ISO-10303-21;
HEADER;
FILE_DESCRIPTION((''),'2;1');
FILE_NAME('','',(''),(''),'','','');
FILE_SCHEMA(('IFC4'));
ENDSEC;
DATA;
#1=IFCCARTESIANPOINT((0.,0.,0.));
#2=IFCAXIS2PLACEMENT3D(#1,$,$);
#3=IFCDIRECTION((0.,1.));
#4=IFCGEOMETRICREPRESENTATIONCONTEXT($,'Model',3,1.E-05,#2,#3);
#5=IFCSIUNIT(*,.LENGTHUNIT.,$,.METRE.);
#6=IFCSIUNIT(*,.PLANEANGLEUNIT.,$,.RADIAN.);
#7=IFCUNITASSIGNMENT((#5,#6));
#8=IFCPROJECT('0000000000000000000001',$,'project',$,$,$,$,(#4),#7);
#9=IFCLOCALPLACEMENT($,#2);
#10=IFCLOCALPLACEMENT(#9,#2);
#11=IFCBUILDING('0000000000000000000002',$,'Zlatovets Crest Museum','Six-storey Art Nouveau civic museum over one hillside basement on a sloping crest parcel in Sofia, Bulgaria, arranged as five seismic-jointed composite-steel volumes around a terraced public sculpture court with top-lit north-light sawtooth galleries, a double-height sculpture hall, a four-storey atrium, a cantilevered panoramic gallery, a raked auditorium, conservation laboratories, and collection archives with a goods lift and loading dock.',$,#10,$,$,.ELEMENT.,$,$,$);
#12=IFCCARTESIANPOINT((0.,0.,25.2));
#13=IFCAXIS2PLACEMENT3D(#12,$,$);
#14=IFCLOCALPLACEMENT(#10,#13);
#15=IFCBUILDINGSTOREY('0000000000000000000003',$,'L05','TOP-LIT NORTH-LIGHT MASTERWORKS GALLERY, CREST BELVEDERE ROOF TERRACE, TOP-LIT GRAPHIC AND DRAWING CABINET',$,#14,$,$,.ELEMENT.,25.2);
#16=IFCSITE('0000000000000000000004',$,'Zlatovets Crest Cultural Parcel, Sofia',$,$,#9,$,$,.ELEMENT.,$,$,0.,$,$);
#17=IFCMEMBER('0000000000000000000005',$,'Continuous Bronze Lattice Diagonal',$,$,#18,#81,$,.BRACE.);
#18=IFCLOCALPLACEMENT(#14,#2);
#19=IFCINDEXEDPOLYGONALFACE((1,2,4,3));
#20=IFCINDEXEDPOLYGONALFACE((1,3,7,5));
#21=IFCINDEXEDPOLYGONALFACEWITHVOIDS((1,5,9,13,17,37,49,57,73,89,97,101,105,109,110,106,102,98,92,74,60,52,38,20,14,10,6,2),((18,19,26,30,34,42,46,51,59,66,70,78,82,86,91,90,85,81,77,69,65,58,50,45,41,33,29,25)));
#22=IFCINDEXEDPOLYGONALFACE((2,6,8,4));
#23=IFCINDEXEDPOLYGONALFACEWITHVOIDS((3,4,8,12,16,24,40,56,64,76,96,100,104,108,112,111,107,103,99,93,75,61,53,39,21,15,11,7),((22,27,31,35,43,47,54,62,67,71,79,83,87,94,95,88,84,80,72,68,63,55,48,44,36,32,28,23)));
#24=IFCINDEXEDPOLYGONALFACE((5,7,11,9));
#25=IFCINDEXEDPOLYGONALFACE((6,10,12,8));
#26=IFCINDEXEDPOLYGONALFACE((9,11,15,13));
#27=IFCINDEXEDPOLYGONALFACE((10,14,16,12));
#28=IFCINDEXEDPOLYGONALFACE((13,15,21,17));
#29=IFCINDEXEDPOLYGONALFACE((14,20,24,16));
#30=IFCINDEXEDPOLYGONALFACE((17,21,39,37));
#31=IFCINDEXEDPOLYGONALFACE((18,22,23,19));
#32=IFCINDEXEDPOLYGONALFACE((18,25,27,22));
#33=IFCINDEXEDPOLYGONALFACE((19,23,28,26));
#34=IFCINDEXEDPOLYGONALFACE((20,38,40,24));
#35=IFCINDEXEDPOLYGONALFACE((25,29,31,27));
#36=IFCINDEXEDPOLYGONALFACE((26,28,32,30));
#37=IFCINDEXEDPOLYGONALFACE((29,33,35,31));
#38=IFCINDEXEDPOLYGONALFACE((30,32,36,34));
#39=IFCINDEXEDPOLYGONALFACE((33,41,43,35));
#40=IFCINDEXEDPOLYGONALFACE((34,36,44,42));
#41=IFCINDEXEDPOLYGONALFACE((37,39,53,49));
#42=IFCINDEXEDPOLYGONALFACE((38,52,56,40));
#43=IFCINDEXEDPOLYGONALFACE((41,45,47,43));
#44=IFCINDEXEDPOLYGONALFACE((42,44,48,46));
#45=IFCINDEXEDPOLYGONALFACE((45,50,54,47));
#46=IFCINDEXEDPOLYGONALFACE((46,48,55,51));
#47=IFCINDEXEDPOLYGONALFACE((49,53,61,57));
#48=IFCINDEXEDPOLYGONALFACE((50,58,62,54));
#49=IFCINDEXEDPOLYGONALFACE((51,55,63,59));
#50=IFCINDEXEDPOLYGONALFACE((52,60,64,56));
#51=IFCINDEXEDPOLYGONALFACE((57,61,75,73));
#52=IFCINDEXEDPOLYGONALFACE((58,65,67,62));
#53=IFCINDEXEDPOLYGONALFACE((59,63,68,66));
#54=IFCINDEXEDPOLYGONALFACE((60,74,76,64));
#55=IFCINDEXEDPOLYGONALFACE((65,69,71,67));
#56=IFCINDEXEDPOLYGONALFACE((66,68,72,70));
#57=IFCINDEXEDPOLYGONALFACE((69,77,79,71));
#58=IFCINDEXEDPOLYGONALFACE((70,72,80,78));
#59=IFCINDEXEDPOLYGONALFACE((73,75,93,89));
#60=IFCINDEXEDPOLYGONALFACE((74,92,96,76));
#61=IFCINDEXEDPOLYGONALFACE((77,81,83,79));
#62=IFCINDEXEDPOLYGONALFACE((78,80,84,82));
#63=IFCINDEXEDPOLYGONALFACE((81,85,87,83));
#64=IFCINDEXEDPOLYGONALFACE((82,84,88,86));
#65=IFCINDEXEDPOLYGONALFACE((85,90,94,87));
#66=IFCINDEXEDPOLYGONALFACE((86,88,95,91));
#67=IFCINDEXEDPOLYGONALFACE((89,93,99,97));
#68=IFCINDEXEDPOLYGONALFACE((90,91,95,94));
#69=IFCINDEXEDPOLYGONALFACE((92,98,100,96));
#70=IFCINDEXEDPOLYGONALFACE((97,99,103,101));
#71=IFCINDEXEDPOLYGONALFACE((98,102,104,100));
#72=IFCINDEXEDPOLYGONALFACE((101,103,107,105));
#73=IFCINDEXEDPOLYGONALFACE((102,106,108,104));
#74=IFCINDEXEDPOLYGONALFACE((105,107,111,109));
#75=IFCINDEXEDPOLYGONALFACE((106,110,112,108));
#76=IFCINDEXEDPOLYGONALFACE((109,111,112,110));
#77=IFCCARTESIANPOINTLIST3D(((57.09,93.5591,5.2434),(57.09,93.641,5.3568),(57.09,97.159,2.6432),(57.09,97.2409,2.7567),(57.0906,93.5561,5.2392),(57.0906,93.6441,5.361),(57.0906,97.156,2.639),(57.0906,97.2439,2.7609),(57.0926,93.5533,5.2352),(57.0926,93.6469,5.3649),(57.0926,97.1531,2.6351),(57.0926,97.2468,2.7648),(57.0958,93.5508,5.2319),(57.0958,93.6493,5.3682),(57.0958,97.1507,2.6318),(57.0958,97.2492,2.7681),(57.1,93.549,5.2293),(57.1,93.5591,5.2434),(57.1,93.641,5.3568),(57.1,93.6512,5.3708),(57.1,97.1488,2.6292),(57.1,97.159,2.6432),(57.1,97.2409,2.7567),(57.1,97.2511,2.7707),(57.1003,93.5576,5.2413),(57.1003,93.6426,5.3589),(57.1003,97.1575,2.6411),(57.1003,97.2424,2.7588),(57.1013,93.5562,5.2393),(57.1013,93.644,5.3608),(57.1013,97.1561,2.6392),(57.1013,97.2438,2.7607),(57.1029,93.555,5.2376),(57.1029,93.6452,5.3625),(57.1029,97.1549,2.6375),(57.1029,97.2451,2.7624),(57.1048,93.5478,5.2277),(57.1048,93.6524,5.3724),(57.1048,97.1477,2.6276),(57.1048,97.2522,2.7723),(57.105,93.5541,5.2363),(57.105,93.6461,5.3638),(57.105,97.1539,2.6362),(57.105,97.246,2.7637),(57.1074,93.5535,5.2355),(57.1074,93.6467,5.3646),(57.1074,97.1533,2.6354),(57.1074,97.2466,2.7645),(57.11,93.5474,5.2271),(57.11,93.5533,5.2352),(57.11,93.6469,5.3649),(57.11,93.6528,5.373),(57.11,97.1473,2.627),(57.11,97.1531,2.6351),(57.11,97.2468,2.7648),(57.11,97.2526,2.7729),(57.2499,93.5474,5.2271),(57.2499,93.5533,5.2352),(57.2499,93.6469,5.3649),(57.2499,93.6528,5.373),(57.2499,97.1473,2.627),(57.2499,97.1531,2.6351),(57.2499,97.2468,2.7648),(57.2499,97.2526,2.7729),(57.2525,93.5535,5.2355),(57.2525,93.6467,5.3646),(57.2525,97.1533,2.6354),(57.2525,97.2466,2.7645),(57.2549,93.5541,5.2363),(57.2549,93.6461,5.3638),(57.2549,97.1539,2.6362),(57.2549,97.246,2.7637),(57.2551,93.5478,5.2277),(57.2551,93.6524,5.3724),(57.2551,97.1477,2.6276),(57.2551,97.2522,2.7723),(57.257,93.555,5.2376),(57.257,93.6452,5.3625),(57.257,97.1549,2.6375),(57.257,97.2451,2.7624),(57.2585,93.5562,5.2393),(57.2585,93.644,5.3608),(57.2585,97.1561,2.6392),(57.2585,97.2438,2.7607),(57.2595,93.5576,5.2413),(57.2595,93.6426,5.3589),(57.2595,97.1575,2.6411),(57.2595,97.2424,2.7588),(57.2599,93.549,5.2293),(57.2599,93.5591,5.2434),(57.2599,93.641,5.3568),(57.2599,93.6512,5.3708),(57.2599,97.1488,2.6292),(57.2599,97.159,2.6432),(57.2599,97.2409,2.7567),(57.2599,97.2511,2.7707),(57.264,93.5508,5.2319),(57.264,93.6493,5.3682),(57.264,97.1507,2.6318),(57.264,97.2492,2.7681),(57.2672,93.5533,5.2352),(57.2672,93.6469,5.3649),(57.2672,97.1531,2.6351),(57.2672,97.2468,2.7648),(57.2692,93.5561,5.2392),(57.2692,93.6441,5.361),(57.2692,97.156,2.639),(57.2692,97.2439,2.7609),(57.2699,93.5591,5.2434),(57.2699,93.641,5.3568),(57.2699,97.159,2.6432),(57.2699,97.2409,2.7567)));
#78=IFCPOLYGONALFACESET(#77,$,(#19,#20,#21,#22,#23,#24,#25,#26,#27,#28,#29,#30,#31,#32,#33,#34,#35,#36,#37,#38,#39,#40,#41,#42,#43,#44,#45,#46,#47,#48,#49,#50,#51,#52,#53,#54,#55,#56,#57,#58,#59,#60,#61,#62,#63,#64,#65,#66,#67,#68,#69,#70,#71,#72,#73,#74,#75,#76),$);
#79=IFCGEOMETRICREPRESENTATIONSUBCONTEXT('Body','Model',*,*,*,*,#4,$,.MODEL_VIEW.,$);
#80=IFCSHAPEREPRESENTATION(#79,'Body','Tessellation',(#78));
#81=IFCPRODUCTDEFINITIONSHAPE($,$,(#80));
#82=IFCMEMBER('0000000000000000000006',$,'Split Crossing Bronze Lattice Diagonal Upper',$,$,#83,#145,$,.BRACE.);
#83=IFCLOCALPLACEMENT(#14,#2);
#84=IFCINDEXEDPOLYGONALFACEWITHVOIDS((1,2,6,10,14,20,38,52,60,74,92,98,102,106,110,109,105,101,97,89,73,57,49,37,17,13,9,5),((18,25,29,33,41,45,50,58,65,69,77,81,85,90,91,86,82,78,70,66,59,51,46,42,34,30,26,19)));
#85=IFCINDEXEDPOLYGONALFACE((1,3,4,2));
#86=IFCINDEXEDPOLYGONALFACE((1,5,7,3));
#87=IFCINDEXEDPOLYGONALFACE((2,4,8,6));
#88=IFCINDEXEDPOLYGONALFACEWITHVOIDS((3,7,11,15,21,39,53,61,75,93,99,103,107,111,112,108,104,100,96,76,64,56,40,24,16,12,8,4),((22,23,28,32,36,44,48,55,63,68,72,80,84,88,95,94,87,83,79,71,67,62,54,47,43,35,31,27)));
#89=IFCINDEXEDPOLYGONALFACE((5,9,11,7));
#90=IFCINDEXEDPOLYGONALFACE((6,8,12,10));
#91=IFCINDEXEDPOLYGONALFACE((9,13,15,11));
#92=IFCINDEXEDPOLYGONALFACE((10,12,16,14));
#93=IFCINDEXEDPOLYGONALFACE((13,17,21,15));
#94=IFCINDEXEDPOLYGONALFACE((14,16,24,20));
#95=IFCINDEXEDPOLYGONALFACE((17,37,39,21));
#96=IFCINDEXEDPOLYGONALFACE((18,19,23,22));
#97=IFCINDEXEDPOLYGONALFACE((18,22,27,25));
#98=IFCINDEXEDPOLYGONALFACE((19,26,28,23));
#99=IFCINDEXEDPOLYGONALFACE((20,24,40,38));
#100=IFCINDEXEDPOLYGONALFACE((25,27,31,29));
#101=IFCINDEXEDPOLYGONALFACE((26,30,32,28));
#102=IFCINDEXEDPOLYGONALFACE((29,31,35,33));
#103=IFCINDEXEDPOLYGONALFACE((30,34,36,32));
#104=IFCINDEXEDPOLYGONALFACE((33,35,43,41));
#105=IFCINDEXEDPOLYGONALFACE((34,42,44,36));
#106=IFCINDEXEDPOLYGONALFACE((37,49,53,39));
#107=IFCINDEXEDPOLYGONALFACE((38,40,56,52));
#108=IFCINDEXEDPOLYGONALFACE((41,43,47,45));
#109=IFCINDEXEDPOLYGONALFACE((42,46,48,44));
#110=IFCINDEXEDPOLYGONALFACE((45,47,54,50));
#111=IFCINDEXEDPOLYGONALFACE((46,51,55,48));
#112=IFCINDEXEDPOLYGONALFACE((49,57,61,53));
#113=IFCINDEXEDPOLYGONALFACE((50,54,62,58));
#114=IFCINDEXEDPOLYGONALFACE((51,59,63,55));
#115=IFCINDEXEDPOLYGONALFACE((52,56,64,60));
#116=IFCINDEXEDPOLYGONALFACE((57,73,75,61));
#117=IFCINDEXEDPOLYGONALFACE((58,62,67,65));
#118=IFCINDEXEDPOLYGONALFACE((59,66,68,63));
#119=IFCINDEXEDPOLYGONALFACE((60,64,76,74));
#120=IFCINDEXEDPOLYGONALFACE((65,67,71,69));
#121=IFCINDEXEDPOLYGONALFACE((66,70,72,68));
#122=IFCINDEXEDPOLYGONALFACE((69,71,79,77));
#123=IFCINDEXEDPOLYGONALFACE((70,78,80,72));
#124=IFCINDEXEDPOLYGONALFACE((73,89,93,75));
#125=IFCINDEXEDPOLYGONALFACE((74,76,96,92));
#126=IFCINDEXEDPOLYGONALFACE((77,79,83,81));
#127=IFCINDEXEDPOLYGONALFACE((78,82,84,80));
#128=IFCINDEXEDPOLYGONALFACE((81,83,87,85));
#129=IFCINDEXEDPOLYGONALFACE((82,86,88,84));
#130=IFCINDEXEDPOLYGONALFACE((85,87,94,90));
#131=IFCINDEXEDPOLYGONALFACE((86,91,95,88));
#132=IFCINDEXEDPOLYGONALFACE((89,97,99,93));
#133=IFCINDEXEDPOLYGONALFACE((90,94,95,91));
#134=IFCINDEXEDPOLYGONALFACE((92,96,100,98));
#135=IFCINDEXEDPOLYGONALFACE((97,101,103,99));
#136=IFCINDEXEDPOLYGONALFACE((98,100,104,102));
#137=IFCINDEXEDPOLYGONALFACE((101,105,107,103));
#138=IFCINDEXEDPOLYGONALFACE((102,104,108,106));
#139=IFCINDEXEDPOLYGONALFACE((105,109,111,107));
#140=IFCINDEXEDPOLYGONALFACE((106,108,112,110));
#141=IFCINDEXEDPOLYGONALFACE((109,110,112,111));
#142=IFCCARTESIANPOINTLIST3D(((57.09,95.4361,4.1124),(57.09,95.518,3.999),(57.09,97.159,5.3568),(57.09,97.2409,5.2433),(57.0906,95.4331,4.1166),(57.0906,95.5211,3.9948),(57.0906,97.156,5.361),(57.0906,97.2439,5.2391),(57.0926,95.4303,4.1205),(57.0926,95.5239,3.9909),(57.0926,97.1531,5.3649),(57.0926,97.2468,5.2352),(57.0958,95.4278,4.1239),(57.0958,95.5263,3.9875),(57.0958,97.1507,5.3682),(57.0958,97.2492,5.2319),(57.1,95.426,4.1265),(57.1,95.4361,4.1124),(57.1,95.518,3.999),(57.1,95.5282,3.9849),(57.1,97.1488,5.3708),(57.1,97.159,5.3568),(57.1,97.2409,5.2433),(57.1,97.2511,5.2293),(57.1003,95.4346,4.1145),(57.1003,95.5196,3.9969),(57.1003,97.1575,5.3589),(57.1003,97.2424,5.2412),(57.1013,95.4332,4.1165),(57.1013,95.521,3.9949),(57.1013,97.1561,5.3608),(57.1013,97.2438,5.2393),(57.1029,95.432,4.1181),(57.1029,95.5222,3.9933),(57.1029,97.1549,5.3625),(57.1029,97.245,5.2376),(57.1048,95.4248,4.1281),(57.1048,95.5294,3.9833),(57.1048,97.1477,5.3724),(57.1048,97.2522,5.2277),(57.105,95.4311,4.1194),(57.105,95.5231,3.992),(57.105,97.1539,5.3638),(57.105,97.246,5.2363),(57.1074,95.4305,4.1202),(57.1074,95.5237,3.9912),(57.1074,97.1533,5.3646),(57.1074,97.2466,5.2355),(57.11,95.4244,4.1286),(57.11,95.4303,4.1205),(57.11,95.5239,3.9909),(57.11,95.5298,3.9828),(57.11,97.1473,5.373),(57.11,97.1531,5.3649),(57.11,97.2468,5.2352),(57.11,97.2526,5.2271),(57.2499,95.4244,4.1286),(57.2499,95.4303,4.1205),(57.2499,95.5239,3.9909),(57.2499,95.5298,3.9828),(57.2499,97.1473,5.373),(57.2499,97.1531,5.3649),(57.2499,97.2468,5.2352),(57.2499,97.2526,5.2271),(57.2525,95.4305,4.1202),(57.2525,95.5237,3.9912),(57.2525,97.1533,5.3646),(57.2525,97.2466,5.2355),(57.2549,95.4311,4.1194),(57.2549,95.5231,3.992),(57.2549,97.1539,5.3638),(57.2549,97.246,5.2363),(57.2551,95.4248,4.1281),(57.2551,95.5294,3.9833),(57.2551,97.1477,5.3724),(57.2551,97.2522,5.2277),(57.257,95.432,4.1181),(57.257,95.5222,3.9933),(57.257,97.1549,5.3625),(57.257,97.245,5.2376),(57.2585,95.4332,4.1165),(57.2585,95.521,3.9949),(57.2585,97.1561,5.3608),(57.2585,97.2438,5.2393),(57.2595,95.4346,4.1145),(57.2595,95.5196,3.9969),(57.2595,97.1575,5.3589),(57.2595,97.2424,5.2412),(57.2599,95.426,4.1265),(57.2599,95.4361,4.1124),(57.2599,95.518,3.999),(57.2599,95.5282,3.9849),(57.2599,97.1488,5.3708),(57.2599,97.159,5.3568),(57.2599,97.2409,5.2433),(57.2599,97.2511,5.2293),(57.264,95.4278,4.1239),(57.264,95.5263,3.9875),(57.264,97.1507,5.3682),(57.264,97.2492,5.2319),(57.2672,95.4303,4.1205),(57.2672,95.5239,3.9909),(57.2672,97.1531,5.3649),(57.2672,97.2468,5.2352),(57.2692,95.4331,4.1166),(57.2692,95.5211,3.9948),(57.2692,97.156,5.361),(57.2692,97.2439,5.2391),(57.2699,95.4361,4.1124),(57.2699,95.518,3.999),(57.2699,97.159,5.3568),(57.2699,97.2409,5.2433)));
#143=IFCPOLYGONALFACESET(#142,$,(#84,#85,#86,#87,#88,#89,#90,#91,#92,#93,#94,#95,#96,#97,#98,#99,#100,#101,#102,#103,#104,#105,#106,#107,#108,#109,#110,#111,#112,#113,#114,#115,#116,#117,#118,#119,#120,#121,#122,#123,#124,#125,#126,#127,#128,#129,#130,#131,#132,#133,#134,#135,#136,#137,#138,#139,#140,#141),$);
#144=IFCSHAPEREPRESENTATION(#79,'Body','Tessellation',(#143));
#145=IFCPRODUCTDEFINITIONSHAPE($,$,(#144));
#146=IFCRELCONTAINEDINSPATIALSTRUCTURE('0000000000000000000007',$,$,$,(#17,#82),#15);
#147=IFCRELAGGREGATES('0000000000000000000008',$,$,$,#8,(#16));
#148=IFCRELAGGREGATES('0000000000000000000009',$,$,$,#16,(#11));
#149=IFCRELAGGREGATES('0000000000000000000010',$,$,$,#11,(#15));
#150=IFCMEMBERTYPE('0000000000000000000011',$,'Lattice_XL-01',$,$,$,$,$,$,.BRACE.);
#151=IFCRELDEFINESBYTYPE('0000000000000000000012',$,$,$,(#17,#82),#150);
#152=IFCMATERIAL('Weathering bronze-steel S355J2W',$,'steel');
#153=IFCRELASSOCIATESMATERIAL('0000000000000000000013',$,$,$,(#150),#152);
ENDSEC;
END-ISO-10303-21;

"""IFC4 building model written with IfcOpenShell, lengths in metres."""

from ifc_helpers import new_model, si_unit, direction, frame, origin, origin_2d, place, context, subcontext, project, spatial, hollow_rectangle, extrude, material, material_profile, profile_set, type_object, element, save


model = new_model("IFC4")

# Units and contexts
model_context = context("Model", 3, precision=1e-05, world=origin(), true_north=direction((0.0, 1.0)))
body_context = subcontext(model_context, "Body", "Model", "MODEL_VIEW")
ifc_project = project(units=[si_unit("LENGTHUNIT", "METRE"), si_unit("PLANEANGLEUNIT", "RADIAN")], contexts=[model_context])

# Site, building, storey
site_placement = place(None, origin())
site = spatial("IfcSite", under=ifc_project, at=site_placement, Name="Zlatovets Crest Cultural Parcel, Sofia", CompositionType="ELEMENT", RefElevation=0.0)
building_placement = place(site_placement, origin())
building = spatial("IfcBuilding", under=site, at=building_placement, Name="Zlatovets Crest Museum", Description="Six-storey Art Nouveau civic museum over one hillside basement on a sloping crest parcel in Sofia, Bulgaria, arranged as five seismic-jointed composite-steel volumes around a terraced public sculpture court with top-lit north-light sawtooth galleries, a double-height sculpture hall, a four-storey atrium, a cantilevered panoramic gallery, a raked auditorium, conservation laboratories, and collection archives with a goods lift and loading dock.", CompositionType="ELEMENT")
storey_placement = place(building_placement, frame((0.0, 0.0, 25.2)))
storey = spatial("IfcBuildingStorey", under=building, at=storey_placement, Name="L05", Description="TOP-LIT NORTH-LIGHT MASTERWORKS GALLERY, CREST BELVEDERE ROOF TERRACE, TOP-LIT GRAPHIC AND DRAWING CABINET", CompositionType="ELEMENT", Elevation=25.2)

# Members
ifc_material_1 = material(Name="Weathering bronze-steel S355J2W", Category="steel")
ifc_material_profile_1 = material_profile(ifc_material_1, hollow_rectangle(XDim=0.1799, YDim=0.1799, WallThickness=0.01, InnerFilletRadius=0.01, OuterFilletRadius=0.02, at=origin_2d()), Name="SHS 180x180x10.0")
ifc_profile_set_1 = profile_set([ifc_material_profile_1], Name="Weathering bronze-steel S355J2W")
member_type_1 = type_object("IfcMemberType", Name="Lattice_XL-01", PredefinedType="BRACE", material=ifc_profile_set_1)
member_1_placement = place(storey_placement, frame((57.1799, 97.2, 2.7), z_axis=(0.0, -0.810657, 0.585521), x_axis=(1.0, 0.0, 0.0)))
element("IfcMember", 1, at=member_1_placement, inside=storey, type_object=member_type_1, Name="Continuous Bronze Lattice Diagonal", PredefinedType="BRACE", context=body_context, shape_type="SweptSolid", body=[
    extrude(hollow_rectangle(XDim=0.1799, YDim=0.1799, WallThickness=0.01, InnerFilletRadius=0.01, OuterFilletRadius=0.02, at=origin_2d()), origin(), (0.0, 0.0, 1.0), 4.4407),
])
for number, where, z_axis, x_axis, name in (
    (2, (57.1799, 97.2, 5.3), (0.0, -0.810664, -0.585512), (1.0, 0.0, 0.0), "Split Crossing Bronze Lattice Diagonal Upper"),
):
    element("IfcMember", number, at=place(storey_placement, frame(where, z_axis=z_axis, x_axis=x_axis)), inside=storey, type_object=member_type_1, Name=name, PredefinedType="BRACE", context=body_context, shape_type="SweptSolid", body=[
        extrude(hollow_rectangle(XDim=0.1799, YDim=0.1799, WallThickness=0.01, InnerFilletRadius=0.01, OuterFilletRadius=0.02, at=origin_2d()), origin(), (0.0, 0.0, 1.0), 2.1252),
    ])

save(model, "model.ifc")
